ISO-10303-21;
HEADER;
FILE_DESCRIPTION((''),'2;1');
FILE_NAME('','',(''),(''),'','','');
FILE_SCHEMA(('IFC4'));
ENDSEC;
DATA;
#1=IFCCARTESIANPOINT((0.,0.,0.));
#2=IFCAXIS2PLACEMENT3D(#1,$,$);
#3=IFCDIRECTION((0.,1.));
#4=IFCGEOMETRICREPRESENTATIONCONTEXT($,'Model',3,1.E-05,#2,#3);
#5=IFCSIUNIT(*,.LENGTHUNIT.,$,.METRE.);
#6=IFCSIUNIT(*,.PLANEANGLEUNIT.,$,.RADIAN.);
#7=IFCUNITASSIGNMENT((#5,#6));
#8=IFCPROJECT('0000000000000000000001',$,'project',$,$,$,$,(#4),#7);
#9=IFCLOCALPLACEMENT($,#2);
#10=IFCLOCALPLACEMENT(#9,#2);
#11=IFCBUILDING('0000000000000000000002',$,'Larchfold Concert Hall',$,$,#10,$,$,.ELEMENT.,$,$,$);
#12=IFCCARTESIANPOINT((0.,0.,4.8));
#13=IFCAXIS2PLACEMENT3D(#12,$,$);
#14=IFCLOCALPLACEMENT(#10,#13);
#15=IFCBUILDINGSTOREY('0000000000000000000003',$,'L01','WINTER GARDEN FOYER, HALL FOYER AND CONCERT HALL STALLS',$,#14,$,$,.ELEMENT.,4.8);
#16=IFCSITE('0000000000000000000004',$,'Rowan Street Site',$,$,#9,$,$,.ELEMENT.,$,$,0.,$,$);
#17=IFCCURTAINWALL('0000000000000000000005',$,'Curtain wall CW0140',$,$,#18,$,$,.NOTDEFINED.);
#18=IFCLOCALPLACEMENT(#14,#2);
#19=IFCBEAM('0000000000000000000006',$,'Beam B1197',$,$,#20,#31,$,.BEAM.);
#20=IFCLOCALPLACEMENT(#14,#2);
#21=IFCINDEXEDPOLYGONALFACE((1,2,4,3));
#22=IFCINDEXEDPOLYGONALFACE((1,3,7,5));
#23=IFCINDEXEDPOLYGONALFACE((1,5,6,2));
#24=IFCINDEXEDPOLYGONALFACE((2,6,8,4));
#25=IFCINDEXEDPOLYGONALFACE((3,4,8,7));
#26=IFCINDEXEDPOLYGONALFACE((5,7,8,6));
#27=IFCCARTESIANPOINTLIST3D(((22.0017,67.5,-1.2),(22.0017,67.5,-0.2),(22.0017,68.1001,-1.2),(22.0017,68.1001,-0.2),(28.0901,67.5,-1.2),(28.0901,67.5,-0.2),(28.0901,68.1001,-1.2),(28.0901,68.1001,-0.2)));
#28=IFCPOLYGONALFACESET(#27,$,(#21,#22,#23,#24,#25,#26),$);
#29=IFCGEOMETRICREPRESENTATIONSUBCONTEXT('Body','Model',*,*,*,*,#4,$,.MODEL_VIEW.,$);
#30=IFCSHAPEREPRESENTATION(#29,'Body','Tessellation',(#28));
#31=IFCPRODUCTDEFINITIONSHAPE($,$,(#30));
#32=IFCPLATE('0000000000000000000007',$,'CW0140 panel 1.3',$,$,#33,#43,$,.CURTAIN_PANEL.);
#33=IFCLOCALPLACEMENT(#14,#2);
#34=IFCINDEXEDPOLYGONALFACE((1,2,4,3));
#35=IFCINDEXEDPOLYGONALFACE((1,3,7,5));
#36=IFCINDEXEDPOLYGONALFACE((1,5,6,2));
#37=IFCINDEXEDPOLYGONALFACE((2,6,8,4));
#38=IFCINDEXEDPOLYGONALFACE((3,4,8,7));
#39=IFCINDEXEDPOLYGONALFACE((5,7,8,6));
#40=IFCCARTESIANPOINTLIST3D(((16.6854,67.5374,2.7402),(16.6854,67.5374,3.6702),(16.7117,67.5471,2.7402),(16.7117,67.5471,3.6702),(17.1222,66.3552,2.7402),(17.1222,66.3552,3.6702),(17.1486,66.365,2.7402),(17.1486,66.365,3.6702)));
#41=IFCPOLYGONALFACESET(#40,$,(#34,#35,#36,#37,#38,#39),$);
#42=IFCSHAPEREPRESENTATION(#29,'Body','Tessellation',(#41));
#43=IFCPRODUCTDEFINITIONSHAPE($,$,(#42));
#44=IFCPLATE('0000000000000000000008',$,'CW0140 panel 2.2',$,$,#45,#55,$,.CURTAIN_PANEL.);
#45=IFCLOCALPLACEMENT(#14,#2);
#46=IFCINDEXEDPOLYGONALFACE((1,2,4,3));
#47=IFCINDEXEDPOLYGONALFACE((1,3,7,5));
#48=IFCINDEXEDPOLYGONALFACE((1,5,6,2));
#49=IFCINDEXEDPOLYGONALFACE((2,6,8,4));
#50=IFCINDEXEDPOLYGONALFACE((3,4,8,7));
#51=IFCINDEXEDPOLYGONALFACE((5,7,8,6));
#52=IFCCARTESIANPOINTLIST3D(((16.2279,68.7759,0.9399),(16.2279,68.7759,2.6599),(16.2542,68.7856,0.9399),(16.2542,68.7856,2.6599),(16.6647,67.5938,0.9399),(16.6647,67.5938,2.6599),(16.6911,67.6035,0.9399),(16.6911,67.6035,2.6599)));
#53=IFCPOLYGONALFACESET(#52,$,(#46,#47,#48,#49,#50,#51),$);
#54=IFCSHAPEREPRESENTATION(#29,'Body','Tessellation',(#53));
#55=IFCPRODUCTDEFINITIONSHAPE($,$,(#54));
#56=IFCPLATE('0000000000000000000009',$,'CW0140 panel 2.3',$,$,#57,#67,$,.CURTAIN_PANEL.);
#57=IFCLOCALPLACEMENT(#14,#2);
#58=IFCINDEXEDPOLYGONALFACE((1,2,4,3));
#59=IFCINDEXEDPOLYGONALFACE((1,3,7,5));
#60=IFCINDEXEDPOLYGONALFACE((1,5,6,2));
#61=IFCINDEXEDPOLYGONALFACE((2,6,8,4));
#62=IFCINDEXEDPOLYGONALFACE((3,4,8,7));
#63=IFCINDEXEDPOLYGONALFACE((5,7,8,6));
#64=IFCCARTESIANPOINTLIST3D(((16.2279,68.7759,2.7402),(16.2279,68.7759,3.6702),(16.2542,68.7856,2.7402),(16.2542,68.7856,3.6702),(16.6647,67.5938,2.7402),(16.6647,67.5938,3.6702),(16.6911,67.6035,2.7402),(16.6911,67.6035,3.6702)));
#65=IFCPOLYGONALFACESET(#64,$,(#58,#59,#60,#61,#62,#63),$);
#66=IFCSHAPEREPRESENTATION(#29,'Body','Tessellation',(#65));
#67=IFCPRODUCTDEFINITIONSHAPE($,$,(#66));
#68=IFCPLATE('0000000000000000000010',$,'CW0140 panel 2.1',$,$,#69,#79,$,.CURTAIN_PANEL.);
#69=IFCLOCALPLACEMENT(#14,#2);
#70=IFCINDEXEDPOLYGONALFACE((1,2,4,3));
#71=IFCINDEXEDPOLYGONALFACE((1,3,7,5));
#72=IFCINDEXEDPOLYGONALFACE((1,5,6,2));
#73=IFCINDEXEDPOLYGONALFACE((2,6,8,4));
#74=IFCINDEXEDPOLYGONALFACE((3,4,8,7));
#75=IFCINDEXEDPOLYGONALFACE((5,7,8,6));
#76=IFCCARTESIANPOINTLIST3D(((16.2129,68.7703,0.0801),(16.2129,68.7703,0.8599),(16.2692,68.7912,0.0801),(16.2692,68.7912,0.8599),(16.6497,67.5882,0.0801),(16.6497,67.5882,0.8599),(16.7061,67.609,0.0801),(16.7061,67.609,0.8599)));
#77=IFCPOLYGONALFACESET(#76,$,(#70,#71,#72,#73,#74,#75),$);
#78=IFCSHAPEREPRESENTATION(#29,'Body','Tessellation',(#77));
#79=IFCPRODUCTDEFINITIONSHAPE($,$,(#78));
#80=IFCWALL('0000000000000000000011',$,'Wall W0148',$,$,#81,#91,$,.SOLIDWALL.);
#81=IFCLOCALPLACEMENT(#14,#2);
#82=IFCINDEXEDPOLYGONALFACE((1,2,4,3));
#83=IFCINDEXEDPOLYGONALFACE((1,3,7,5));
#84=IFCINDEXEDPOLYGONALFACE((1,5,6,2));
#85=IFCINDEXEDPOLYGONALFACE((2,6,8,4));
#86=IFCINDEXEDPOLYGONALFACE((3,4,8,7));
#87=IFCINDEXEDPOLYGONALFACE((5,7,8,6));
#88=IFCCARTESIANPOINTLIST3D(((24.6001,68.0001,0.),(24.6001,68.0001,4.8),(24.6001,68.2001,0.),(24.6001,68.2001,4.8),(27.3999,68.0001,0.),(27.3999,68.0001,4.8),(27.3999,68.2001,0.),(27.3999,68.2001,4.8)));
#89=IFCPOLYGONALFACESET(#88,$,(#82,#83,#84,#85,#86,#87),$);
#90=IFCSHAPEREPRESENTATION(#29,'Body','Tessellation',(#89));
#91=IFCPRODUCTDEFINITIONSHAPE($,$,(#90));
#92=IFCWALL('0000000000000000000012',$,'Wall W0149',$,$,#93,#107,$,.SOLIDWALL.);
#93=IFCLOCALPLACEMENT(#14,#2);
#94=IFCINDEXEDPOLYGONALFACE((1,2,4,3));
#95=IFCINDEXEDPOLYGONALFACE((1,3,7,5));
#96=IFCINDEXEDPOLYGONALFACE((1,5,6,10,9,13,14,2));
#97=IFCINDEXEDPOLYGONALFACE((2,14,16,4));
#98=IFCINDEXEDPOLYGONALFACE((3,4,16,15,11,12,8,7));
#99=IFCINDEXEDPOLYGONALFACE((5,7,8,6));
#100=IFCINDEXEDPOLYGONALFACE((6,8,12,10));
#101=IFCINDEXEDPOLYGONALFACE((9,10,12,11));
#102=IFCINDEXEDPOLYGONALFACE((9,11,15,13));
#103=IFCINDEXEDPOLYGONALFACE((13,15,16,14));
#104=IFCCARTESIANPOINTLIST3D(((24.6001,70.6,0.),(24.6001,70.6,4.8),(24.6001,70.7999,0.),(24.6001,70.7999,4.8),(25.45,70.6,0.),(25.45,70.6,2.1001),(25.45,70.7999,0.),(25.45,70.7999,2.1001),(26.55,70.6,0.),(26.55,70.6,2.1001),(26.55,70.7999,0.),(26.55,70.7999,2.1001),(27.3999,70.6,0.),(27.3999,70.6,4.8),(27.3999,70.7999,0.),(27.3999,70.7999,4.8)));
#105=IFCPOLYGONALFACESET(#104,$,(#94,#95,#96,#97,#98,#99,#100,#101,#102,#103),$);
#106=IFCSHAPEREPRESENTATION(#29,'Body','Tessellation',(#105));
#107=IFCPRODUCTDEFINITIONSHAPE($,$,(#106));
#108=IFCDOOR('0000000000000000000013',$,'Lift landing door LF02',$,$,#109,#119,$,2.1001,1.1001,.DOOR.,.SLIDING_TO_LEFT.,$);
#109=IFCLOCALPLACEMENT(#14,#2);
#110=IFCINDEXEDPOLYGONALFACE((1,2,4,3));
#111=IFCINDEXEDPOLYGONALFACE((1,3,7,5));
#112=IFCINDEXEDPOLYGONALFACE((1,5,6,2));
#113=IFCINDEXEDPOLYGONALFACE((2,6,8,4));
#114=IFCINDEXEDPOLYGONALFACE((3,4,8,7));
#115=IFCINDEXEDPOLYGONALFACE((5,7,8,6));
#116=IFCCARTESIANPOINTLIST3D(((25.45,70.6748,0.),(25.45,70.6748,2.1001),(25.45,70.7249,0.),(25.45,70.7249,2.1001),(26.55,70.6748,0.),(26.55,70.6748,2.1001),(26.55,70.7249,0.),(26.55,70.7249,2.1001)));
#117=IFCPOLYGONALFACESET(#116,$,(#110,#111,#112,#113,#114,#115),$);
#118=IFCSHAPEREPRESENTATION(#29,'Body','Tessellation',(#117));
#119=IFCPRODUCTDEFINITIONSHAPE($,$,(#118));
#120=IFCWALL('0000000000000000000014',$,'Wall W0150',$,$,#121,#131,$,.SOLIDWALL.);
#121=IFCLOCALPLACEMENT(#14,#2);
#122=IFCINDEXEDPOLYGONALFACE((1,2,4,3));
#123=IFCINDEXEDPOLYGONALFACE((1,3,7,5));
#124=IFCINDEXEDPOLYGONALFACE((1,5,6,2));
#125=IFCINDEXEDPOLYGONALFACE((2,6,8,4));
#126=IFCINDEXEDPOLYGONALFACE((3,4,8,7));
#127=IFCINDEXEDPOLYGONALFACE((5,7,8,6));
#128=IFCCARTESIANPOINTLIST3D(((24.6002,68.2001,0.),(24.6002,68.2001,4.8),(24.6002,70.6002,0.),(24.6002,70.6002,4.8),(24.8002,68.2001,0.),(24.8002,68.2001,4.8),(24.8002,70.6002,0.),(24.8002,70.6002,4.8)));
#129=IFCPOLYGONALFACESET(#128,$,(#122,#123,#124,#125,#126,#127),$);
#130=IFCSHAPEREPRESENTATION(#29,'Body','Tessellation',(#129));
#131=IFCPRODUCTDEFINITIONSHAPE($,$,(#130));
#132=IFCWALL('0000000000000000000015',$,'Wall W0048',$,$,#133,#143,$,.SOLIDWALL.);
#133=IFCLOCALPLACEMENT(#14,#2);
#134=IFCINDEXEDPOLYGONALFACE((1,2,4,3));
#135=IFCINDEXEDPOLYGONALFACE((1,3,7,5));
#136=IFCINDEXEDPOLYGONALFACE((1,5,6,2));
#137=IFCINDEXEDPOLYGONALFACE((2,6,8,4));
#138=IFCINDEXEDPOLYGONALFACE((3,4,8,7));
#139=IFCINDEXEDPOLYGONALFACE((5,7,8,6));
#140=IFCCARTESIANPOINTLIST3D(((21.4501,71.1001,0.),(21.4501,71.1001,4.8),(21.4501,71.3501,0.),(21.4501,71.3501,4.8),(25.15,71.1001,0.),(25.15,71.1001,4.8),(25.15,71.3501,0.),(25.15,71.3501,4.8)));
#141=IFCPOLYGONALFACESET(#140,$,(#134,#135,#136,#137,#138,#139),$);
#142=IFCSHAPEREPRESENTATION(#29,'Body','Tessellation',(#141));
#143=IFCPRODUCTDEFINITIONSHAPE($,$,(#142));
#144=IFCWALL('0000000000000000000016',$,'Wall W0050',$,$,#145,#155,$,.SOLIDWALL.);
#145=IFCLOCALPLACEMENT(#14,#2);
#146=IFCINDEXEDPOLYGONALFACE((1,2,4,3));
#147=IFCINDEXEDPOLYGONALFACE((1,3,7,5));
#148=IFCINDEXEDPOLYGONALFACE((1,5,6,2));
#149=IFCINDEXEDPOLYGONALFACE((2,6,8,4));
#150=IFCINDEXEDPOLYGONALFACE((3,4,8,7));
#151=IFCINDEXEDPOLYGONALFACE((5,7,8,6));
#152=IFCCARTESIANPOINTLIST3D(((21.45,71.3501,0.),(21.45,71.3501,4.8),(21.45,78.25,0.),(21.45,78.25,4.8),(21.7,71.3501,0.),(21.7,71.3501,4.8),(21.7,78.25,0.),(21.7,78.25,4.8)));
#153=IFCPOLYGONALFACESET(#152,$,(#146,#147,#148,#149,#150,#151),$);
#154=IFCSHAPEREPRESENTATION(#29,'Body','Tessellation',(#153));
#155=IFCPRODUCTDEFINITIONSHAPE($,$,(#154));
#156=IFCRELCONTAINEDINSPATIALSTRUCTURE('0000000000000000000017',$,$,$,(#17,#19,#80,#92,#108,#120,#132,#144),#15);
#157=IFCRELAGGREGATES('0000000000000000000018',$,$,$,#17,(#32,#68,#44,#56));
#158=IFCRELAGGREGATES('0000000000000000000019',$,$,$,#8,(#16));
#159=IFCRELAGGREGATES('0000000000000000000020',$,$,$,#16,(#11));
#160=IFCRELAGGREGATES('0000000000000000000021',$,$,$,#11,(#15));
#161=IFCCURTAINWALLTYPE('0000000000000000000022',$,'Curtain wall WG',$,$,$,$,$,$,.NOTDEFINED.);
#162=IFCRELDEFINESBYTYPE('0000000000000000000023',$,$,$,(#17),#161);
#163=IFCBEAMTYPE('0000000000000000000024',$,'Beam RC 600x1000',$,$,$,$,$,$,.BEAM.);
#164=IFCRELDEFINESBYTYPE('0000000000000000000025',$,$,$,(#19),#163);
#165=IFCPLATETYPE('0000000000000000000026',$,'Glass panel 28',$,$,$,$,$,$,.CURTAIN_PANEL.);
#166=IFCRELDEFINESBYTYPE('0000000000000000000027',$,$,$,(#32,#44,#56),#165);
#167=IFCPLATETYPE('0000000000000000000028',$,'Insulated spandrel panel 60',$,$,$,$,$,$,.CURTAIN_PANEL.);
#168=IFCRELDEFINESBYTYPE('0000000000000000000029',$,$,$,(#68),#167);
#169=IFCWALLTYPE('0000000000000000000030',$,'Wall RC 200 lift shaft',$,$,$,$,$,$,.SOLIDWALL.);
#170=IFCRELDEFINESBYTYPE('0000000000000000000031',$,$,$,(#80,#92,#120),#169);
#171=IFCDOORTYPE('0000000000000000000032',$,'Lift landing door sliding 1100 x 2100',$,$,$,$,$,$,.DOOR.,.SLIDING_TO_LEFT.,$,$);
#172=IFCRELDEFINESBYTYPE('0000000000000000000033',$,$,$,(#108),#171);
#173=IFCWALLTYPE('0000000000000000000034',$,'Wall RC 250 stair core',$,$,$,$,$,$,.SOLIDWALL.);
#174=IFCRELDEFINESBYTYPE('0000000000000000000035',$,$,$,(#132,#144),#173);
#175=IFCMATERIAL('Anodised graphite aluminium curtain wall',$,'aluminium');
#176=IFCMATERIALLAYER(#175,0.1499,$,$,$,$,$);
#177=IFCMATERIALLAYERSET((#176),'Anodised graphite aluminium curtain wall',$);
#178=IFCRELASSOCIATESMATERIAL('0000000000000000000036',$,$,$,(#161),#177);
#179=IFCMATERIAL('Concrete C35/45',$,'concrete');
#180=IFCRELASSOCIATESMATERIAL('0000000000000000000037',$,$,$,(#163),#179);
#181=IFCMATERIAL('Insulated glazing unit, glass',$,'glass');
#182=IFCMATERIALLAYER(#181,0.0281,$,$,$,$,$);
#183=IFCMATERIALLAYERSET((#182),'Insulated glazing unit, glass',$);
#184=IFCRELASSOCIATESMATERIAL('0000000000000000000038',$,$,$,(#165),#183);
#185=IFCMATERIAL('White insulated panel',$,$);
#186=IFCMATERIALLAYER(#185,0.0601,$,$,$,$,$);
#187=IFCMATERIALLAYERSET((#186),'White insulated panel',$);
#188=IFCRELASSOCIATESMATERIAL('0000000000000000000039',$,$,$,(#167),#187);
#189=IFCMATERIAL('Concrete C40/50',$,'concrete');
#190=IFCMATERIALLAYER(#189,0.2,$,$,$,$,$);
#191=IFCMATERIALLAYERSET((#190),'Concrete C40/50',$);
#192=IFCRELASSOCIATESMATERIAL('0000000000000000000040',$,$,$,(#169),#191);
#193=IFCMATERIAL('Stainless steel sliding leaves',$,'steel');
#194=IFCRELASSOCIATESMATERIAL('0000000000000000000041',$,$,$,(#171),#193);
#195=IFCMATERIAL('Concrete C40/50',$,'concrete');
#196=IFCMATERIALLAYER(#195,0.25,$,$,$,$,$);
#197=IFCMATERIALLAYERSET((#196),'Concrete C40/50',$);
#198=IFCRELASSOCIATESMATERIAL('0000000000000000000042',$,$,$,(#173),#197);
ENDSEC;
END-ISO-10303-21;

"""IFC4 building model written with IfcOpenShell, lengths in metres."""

from ifc_helpers import new_model, si_unit, direction, frame, frame_2d, origin, origin_2d, place, context, subcontext, project, spatial, rectangle, extrude, material, layer, layer_set, material_profile, profile_set, type_object, element, fill, aggregate, save


model = new_model("IFC4")

# Units and contexts
model_context = context("Model", 3, precision=1e-05, world=origin(), true_north=direction((0.0, 1.0)))
body_context = subcontext(model_context, "Body", "Model", "MODEL_VIEW")
ifc_project = project(units=[si_unit("LENGTHUNIT", "METRE"), si_unit("PLANEANGLEUNIT", "RADIAN")], contexts=[model_context])

# Site, building, storey
site_placement = place(None, origin())
site = spatial("IfcSite", under=ifc_project, at=site_placement, Name="Rowan Street Site", CompositionType="ELEMENT", RefElevation=0.0)
building_placement = place(site_placement, origin())
building = spatial("IfcBuilding", under=site, at=building_placement, Name="Larchfold Concert Hall", CompositionType="ELEMENT")
storey_placement = place(building_placement, frame((0.0, 0.0, 4.8)))
storey = spatial("IfcBuildingStorey", under=building, at=storey_placement, Name="L01", Description="WINTER GARDEN FOYER, HALL FOYER AND CONCERT HALL STALLS", CompositionType="ELEMENT", Elevation=4.8)

# Curtain wall
ifc_material_1 = material(Name="Anodised graphite aluminium curtain wall", Category="aluminium")
ifc_layer_1 = layer(ifc_material_1, 0.1499)
ifc_layer_set_1 = layer_set([ifc_layer_1], Name="Anodised graphite aluminium curtain wall")
curtain_wall_type = type_object("IfcCurtainWallType", Name="Curtain wall WG", PredefinedType="NOTDEFINED", material=ifc_layer_set_1)
curtain_wall_1_placement = place(storey_placement, origin())
curtain_wall_1 = element("IfcCurtainWall", 1, at=curtain_wall_1_placement, inside=storey, type_object=curtain_wall_type, Name="Curtain wall CW0140", PredefinedType="NOTDEFINED")

# Beam
ifc_material_2 = material(Name="Concrete C35/45", Category="concrete")
ifc_material_profile_1 = material_profile(ifc_material_2, rectangle(XDim=0.6001, YDim=1.0, at=origin_2d()))
ifc_profile_set_1 = profile_set([ifc_material_profile_1], Name="Concrete C35/45")
beam_type_1 = type_object("IfcBeamType", Name="Beam RC 600x1000", PredefinedType="BEAM", material=ifc_profile_set_1)
beam_1_placement = place(storey_placement, frame((22.0017, 67.8, -0.7), z_axis=(1.0, 0.0, 0.0), x_axis=(0.0, 1.0, 0.0)))
element("IfcBeam", 2, at=beam_1_placement, inside=storey, type_object=beam_type_1, Name="Beam B1197", PredefinedType="BEAM", context=body_context, shape_type="SweptSolid", body=[
    extrude(rectangle(XDim=0.6001, YDim=1.0, at=origin_2d()), origin(), (0.0, 0.0, 1.0), 6.0884),
])

# Plates
ifc_material_3 = material(Name="Insulated glazing unit, glass", Category="glass")
ifc_layer_2 = layer(ifc_material_3, 0.0281)
ifc_layer_set_2 = layer_set([ifc_layer_2], Name="Insulated glazing unit, glass")
plate_type_1 = type_object("IfcPlateType", Name="Glass panel 28", PredefinedType="CURTAIN_PANEL", material=ifc_layer_set_2)
plate_1_placement = place(storey_placement, frame((16.917, 66.9512, 2.7402), z_axis=(0.0, 0.0, 1.0), x_axis=(-0.346631, 0.938002, 0.0)))
plate_1 = element("IfcPlate", 3, at=plate_1_placement, type_object=plate_type_1, Name="CW0140 panel 1.3", PredefinedType="CURTAIN_PANEL", context=body_context, shape_type="SweptSolid", body=[
    extrude(rectangle(XDim=1.2603, YDim=0.0281, at=origin_2d()), origin(), (0.0, 0.0, 1.0), 0.9299),
])
plate_2_placement = place(storey_placement, frame((16.4595, 68.1897, 0.9399), z_axis=(0.0, 0.0, 1.0), x_axis=(-0.346631, 0.938002, 0.0)))
plate_2 = element("IfcPlate", 4, at=plate_2_placement, type_object=plate_type_1, Name="CW0140 panel 2.2", PredefinedType="CURTAIN_PANEL", context=body_context, shape_type="SweptSolid", body=[
    extrude(rectangle(XDim=1.2603, YDim=0.0281, at=origin_2d()), origin(), (0.0, 0.0, 1.0), 1.72),
])
plate_3_placement = place(storey_placement, frame((16.4595, 68.1897, 2.7402), z_axis=(0.0, 0.0, 1.0), x_axis=(-0.346631, 0.938002, 0.0)))
plate_3 = element("IfcPlate", 5, at=plate_3_placement, type_object=plate_type_1, Name="CW0140 panel 2.3", PredefinedType="CURTAIN_PANEL", context=body_context, shape_type="SweptSolid", body=[
    extrude(rectangle(XDim=1.2603, YDim=0.0281, at=origin_2d()), origin(), (0.0, 0.0, 1.0), 0.9299),
])
ifc_material_4 = material(Name="White insulated panel")
ifc_layer_3 = layer(ifc_material_4, 0.0601)
ifc_layer_set_3 = layer_set([ifc_layer_3], Name="White insulated panel")
plate_type_2 = type_object("IfcPlateType", Name="Insulated spandrel panel 60", PredefinedType="CURTAIN_PANEL", material=ifc_layer_set_3)
plate_4_placement = place(storey_placement, frame((16.4595, 68.1897, 0.0801), z_axis=(0.0, 0.0, 1.0), x_axis=(-0.346631, 0.938002, 0.0)))
plate_4 = element("IfcPlate", 6, at=plate_4_placement, type_object=plate_type_2, Name="CW0140 panel 2.1", PredefinedType="CURTAIN_PANEL", context=body_context, shape_type="SweptSolid", body=[
    extrude(rectangle(XDim=1.2603, YDim=0.0601, at=origin_2d()), origin(), (0.0, 0.0, 1.0), 0.7798),
])
aggregate(curtain_wall_1, [plate_1, plate_4, plate_2, plate_3])

# Wall
ifc_material_5 = material(Name="Concrete C40/50", Category="concrete")
ifc_layer_4 = layer(ifc_material_5, 0.2)
ifc_layer_set_4 = layer_set([ifc_layer_4], Name="Concrete C40/50")
wall_type_1 = type_object("IfcWallType", Name="Wall RC 200 lift shaft", PredefinedType="SOLIDWALL", material=ifc_layer_set_4)
wall_1_placement = place(storey_placement, frame((24.6001, 68.1001, 0.0), z_axis=(0.0, 0.0, 1.0), x_axis=(1.0, 0.0, 0.0)))
element("IfcWall", 7, at=wall_1_placement, inside=storey, type_object=wall_type_1, Name="Wall W0148", PredefinedType="SOLIDWALL", context=body_context, shape_type="SweptSolid", body=[
    extrude(rectangle(XDim=2.7998, YDim=0.2, at=frame_2d((1.3999, 0.0))), origin(), (0.0, 0.0, 1.0), 4.8),
])

# Wall, opening, door
wall_2_placement = place(storey_placement, frame((24.6001, 70.7, 0.0), z_axis=(0.0, 0.0, 1.0), x_axis=(1.0, 0.0, 0.0)))
wall_2 = element("IfcWall", 8, at=wall_2_placement, inside=storey, type_object=wall_type_1, Name="Wall W0149", PredefinedType="SOLIDWALL", context=body_context, shape_type="SweptSolid", body=[
    extrude(rectangle(XDim=2.7998, YDim=0.2, at=frame_2d((1.3999, 0.0))), origin(), (0.0, 0.0, 1.0), 4.8),
])
opening_1_placement = place(wall_2_placement, frame((0.8499, 0.0, 0.0)))
opening_1 = element("IfcOpeningElement", 9, at=opening_1_placement, cuts=wall_2, PredefinedType="OPENING", context=body_context, shape_type="SweptSolid", body=[
    extrude(rectangle(XDim=1.1001, YDim=2.1001, at=frame_2d((0.55, 1.05))), frame((0.0, 0.1099, 0.0), z_axis=(0.0, -1.0, 0.0), x_axis=(1.0, 0.0, 0.0)), (0.0, 0.0, 1.0), 0.22),
])
ifc_material_6 = material(Name="Stainless steel sliding leaves", Category="steel")
door_type_1 = type_object("IfcDoorType", Name="Lift landing door sliding 1100 x 2100", OperationType="SLIDING_TO_LEFT", PredefinedType="DOOR", material=ifc_material_6)
door_1_placement = place(opening_1_placement, origin())
door_1 = element("IfcDoor", 10, at=door_1_placement, inside=storey, type_object=door_type_1, Name="Lift landing door LF02", OperationType="SLIDING_TO_LEFT", OverallHeight=2.1001, OverallWidth=1.1001, PredefinedType="DOOR", context=body_context, shape_type="SweptSolid", body=[
    extrude(rectangle(XDim=1.1001, YDim=2.1001, at=frame_2d((0.55, 1.05))), frame((0.0, 0.0249, 0.0), z_axis=(0.0, -1.0, 0.0), x_axis=(1.0, 0.0, 0.0)), (0.0, 0.0, 1.0), 0.05),
])
fill(opening_1, door_1)

# Walls
wall_3_placement = place(storey_placement, frame((24.7002, 68.2, 0.0), z_axis=(0.0, 0.0, 1.0), x_axis=(0.0, 1.0, 0.0)))
element("IfcWall", 11, at=wall_3_placement, inside=storey, type_object=wall_type_1, Name="Wall W0150", PredefinedType="SOLIDWALL", context=body_context, shape_type="SweptSolid", body=[
    extrude(rectangle(XDim=2.4001, YDim=0.2, at=frame_2d((1.2002, 0.0))), origin(), (0.0, 0.0, 1.0), 4.8),
])
ifc_material_7 = material(Name="Concrete C40/50", Category="concrete")
ifc_layer_5 = layer(ifc_material_7, 0.25)
ifc_layer_set_5 = layer_set([ifc_layer_5], Name="Concrete C40/50")
wall_type_2 = type_object("IfcWallType", Name="Wall RC 250 stair core", PredefinedType="SOLIDWALL", material=ifc_layer_set_5)
wall_4_placement = place(storey_placement, frame((21.45, 71.2251, 0.0), z_axis=(0.0, 0.0, 1.0), x_axis=(1.0, 0.0, 0.0)))
element("IfcWall", 12, at=wall_4_placement, inside=storey, type_object=wall_type_2, Name="Wall W0048", PredefinedType="SOLIDWALL", context=body_context, shape_type="SweptSolid", body=[
    extrude(rectangle(XDim=3.7, YDim=0.25, at=frame_2d((1.8501, 0.0))), origin(), (0.0, 0.0, 1.0), 4.8),
])
wall_5_placement = place(storey_placement, frame((21.575, 71.3501, 0.0), z_axis=(0.0, 0.0, 1.0), x_axis=(0.0, 1.0, 0.0)))
element("IfcWall", 13, at=wall_5_placement, inside=storey, type_object=wall_type_2, Name="Wall W0050", PredefinedType="SOLIDWALL", context=body_context, shape_type="SweptSolid", body=[
    extrude(rectangle(XDim=6.8999, YDim=0.25, at=frame_2d((3.45, 0.0))), origin(), (0.0, 0.0, 1.0), 4.8),
])

save(model, "model.ifc")
